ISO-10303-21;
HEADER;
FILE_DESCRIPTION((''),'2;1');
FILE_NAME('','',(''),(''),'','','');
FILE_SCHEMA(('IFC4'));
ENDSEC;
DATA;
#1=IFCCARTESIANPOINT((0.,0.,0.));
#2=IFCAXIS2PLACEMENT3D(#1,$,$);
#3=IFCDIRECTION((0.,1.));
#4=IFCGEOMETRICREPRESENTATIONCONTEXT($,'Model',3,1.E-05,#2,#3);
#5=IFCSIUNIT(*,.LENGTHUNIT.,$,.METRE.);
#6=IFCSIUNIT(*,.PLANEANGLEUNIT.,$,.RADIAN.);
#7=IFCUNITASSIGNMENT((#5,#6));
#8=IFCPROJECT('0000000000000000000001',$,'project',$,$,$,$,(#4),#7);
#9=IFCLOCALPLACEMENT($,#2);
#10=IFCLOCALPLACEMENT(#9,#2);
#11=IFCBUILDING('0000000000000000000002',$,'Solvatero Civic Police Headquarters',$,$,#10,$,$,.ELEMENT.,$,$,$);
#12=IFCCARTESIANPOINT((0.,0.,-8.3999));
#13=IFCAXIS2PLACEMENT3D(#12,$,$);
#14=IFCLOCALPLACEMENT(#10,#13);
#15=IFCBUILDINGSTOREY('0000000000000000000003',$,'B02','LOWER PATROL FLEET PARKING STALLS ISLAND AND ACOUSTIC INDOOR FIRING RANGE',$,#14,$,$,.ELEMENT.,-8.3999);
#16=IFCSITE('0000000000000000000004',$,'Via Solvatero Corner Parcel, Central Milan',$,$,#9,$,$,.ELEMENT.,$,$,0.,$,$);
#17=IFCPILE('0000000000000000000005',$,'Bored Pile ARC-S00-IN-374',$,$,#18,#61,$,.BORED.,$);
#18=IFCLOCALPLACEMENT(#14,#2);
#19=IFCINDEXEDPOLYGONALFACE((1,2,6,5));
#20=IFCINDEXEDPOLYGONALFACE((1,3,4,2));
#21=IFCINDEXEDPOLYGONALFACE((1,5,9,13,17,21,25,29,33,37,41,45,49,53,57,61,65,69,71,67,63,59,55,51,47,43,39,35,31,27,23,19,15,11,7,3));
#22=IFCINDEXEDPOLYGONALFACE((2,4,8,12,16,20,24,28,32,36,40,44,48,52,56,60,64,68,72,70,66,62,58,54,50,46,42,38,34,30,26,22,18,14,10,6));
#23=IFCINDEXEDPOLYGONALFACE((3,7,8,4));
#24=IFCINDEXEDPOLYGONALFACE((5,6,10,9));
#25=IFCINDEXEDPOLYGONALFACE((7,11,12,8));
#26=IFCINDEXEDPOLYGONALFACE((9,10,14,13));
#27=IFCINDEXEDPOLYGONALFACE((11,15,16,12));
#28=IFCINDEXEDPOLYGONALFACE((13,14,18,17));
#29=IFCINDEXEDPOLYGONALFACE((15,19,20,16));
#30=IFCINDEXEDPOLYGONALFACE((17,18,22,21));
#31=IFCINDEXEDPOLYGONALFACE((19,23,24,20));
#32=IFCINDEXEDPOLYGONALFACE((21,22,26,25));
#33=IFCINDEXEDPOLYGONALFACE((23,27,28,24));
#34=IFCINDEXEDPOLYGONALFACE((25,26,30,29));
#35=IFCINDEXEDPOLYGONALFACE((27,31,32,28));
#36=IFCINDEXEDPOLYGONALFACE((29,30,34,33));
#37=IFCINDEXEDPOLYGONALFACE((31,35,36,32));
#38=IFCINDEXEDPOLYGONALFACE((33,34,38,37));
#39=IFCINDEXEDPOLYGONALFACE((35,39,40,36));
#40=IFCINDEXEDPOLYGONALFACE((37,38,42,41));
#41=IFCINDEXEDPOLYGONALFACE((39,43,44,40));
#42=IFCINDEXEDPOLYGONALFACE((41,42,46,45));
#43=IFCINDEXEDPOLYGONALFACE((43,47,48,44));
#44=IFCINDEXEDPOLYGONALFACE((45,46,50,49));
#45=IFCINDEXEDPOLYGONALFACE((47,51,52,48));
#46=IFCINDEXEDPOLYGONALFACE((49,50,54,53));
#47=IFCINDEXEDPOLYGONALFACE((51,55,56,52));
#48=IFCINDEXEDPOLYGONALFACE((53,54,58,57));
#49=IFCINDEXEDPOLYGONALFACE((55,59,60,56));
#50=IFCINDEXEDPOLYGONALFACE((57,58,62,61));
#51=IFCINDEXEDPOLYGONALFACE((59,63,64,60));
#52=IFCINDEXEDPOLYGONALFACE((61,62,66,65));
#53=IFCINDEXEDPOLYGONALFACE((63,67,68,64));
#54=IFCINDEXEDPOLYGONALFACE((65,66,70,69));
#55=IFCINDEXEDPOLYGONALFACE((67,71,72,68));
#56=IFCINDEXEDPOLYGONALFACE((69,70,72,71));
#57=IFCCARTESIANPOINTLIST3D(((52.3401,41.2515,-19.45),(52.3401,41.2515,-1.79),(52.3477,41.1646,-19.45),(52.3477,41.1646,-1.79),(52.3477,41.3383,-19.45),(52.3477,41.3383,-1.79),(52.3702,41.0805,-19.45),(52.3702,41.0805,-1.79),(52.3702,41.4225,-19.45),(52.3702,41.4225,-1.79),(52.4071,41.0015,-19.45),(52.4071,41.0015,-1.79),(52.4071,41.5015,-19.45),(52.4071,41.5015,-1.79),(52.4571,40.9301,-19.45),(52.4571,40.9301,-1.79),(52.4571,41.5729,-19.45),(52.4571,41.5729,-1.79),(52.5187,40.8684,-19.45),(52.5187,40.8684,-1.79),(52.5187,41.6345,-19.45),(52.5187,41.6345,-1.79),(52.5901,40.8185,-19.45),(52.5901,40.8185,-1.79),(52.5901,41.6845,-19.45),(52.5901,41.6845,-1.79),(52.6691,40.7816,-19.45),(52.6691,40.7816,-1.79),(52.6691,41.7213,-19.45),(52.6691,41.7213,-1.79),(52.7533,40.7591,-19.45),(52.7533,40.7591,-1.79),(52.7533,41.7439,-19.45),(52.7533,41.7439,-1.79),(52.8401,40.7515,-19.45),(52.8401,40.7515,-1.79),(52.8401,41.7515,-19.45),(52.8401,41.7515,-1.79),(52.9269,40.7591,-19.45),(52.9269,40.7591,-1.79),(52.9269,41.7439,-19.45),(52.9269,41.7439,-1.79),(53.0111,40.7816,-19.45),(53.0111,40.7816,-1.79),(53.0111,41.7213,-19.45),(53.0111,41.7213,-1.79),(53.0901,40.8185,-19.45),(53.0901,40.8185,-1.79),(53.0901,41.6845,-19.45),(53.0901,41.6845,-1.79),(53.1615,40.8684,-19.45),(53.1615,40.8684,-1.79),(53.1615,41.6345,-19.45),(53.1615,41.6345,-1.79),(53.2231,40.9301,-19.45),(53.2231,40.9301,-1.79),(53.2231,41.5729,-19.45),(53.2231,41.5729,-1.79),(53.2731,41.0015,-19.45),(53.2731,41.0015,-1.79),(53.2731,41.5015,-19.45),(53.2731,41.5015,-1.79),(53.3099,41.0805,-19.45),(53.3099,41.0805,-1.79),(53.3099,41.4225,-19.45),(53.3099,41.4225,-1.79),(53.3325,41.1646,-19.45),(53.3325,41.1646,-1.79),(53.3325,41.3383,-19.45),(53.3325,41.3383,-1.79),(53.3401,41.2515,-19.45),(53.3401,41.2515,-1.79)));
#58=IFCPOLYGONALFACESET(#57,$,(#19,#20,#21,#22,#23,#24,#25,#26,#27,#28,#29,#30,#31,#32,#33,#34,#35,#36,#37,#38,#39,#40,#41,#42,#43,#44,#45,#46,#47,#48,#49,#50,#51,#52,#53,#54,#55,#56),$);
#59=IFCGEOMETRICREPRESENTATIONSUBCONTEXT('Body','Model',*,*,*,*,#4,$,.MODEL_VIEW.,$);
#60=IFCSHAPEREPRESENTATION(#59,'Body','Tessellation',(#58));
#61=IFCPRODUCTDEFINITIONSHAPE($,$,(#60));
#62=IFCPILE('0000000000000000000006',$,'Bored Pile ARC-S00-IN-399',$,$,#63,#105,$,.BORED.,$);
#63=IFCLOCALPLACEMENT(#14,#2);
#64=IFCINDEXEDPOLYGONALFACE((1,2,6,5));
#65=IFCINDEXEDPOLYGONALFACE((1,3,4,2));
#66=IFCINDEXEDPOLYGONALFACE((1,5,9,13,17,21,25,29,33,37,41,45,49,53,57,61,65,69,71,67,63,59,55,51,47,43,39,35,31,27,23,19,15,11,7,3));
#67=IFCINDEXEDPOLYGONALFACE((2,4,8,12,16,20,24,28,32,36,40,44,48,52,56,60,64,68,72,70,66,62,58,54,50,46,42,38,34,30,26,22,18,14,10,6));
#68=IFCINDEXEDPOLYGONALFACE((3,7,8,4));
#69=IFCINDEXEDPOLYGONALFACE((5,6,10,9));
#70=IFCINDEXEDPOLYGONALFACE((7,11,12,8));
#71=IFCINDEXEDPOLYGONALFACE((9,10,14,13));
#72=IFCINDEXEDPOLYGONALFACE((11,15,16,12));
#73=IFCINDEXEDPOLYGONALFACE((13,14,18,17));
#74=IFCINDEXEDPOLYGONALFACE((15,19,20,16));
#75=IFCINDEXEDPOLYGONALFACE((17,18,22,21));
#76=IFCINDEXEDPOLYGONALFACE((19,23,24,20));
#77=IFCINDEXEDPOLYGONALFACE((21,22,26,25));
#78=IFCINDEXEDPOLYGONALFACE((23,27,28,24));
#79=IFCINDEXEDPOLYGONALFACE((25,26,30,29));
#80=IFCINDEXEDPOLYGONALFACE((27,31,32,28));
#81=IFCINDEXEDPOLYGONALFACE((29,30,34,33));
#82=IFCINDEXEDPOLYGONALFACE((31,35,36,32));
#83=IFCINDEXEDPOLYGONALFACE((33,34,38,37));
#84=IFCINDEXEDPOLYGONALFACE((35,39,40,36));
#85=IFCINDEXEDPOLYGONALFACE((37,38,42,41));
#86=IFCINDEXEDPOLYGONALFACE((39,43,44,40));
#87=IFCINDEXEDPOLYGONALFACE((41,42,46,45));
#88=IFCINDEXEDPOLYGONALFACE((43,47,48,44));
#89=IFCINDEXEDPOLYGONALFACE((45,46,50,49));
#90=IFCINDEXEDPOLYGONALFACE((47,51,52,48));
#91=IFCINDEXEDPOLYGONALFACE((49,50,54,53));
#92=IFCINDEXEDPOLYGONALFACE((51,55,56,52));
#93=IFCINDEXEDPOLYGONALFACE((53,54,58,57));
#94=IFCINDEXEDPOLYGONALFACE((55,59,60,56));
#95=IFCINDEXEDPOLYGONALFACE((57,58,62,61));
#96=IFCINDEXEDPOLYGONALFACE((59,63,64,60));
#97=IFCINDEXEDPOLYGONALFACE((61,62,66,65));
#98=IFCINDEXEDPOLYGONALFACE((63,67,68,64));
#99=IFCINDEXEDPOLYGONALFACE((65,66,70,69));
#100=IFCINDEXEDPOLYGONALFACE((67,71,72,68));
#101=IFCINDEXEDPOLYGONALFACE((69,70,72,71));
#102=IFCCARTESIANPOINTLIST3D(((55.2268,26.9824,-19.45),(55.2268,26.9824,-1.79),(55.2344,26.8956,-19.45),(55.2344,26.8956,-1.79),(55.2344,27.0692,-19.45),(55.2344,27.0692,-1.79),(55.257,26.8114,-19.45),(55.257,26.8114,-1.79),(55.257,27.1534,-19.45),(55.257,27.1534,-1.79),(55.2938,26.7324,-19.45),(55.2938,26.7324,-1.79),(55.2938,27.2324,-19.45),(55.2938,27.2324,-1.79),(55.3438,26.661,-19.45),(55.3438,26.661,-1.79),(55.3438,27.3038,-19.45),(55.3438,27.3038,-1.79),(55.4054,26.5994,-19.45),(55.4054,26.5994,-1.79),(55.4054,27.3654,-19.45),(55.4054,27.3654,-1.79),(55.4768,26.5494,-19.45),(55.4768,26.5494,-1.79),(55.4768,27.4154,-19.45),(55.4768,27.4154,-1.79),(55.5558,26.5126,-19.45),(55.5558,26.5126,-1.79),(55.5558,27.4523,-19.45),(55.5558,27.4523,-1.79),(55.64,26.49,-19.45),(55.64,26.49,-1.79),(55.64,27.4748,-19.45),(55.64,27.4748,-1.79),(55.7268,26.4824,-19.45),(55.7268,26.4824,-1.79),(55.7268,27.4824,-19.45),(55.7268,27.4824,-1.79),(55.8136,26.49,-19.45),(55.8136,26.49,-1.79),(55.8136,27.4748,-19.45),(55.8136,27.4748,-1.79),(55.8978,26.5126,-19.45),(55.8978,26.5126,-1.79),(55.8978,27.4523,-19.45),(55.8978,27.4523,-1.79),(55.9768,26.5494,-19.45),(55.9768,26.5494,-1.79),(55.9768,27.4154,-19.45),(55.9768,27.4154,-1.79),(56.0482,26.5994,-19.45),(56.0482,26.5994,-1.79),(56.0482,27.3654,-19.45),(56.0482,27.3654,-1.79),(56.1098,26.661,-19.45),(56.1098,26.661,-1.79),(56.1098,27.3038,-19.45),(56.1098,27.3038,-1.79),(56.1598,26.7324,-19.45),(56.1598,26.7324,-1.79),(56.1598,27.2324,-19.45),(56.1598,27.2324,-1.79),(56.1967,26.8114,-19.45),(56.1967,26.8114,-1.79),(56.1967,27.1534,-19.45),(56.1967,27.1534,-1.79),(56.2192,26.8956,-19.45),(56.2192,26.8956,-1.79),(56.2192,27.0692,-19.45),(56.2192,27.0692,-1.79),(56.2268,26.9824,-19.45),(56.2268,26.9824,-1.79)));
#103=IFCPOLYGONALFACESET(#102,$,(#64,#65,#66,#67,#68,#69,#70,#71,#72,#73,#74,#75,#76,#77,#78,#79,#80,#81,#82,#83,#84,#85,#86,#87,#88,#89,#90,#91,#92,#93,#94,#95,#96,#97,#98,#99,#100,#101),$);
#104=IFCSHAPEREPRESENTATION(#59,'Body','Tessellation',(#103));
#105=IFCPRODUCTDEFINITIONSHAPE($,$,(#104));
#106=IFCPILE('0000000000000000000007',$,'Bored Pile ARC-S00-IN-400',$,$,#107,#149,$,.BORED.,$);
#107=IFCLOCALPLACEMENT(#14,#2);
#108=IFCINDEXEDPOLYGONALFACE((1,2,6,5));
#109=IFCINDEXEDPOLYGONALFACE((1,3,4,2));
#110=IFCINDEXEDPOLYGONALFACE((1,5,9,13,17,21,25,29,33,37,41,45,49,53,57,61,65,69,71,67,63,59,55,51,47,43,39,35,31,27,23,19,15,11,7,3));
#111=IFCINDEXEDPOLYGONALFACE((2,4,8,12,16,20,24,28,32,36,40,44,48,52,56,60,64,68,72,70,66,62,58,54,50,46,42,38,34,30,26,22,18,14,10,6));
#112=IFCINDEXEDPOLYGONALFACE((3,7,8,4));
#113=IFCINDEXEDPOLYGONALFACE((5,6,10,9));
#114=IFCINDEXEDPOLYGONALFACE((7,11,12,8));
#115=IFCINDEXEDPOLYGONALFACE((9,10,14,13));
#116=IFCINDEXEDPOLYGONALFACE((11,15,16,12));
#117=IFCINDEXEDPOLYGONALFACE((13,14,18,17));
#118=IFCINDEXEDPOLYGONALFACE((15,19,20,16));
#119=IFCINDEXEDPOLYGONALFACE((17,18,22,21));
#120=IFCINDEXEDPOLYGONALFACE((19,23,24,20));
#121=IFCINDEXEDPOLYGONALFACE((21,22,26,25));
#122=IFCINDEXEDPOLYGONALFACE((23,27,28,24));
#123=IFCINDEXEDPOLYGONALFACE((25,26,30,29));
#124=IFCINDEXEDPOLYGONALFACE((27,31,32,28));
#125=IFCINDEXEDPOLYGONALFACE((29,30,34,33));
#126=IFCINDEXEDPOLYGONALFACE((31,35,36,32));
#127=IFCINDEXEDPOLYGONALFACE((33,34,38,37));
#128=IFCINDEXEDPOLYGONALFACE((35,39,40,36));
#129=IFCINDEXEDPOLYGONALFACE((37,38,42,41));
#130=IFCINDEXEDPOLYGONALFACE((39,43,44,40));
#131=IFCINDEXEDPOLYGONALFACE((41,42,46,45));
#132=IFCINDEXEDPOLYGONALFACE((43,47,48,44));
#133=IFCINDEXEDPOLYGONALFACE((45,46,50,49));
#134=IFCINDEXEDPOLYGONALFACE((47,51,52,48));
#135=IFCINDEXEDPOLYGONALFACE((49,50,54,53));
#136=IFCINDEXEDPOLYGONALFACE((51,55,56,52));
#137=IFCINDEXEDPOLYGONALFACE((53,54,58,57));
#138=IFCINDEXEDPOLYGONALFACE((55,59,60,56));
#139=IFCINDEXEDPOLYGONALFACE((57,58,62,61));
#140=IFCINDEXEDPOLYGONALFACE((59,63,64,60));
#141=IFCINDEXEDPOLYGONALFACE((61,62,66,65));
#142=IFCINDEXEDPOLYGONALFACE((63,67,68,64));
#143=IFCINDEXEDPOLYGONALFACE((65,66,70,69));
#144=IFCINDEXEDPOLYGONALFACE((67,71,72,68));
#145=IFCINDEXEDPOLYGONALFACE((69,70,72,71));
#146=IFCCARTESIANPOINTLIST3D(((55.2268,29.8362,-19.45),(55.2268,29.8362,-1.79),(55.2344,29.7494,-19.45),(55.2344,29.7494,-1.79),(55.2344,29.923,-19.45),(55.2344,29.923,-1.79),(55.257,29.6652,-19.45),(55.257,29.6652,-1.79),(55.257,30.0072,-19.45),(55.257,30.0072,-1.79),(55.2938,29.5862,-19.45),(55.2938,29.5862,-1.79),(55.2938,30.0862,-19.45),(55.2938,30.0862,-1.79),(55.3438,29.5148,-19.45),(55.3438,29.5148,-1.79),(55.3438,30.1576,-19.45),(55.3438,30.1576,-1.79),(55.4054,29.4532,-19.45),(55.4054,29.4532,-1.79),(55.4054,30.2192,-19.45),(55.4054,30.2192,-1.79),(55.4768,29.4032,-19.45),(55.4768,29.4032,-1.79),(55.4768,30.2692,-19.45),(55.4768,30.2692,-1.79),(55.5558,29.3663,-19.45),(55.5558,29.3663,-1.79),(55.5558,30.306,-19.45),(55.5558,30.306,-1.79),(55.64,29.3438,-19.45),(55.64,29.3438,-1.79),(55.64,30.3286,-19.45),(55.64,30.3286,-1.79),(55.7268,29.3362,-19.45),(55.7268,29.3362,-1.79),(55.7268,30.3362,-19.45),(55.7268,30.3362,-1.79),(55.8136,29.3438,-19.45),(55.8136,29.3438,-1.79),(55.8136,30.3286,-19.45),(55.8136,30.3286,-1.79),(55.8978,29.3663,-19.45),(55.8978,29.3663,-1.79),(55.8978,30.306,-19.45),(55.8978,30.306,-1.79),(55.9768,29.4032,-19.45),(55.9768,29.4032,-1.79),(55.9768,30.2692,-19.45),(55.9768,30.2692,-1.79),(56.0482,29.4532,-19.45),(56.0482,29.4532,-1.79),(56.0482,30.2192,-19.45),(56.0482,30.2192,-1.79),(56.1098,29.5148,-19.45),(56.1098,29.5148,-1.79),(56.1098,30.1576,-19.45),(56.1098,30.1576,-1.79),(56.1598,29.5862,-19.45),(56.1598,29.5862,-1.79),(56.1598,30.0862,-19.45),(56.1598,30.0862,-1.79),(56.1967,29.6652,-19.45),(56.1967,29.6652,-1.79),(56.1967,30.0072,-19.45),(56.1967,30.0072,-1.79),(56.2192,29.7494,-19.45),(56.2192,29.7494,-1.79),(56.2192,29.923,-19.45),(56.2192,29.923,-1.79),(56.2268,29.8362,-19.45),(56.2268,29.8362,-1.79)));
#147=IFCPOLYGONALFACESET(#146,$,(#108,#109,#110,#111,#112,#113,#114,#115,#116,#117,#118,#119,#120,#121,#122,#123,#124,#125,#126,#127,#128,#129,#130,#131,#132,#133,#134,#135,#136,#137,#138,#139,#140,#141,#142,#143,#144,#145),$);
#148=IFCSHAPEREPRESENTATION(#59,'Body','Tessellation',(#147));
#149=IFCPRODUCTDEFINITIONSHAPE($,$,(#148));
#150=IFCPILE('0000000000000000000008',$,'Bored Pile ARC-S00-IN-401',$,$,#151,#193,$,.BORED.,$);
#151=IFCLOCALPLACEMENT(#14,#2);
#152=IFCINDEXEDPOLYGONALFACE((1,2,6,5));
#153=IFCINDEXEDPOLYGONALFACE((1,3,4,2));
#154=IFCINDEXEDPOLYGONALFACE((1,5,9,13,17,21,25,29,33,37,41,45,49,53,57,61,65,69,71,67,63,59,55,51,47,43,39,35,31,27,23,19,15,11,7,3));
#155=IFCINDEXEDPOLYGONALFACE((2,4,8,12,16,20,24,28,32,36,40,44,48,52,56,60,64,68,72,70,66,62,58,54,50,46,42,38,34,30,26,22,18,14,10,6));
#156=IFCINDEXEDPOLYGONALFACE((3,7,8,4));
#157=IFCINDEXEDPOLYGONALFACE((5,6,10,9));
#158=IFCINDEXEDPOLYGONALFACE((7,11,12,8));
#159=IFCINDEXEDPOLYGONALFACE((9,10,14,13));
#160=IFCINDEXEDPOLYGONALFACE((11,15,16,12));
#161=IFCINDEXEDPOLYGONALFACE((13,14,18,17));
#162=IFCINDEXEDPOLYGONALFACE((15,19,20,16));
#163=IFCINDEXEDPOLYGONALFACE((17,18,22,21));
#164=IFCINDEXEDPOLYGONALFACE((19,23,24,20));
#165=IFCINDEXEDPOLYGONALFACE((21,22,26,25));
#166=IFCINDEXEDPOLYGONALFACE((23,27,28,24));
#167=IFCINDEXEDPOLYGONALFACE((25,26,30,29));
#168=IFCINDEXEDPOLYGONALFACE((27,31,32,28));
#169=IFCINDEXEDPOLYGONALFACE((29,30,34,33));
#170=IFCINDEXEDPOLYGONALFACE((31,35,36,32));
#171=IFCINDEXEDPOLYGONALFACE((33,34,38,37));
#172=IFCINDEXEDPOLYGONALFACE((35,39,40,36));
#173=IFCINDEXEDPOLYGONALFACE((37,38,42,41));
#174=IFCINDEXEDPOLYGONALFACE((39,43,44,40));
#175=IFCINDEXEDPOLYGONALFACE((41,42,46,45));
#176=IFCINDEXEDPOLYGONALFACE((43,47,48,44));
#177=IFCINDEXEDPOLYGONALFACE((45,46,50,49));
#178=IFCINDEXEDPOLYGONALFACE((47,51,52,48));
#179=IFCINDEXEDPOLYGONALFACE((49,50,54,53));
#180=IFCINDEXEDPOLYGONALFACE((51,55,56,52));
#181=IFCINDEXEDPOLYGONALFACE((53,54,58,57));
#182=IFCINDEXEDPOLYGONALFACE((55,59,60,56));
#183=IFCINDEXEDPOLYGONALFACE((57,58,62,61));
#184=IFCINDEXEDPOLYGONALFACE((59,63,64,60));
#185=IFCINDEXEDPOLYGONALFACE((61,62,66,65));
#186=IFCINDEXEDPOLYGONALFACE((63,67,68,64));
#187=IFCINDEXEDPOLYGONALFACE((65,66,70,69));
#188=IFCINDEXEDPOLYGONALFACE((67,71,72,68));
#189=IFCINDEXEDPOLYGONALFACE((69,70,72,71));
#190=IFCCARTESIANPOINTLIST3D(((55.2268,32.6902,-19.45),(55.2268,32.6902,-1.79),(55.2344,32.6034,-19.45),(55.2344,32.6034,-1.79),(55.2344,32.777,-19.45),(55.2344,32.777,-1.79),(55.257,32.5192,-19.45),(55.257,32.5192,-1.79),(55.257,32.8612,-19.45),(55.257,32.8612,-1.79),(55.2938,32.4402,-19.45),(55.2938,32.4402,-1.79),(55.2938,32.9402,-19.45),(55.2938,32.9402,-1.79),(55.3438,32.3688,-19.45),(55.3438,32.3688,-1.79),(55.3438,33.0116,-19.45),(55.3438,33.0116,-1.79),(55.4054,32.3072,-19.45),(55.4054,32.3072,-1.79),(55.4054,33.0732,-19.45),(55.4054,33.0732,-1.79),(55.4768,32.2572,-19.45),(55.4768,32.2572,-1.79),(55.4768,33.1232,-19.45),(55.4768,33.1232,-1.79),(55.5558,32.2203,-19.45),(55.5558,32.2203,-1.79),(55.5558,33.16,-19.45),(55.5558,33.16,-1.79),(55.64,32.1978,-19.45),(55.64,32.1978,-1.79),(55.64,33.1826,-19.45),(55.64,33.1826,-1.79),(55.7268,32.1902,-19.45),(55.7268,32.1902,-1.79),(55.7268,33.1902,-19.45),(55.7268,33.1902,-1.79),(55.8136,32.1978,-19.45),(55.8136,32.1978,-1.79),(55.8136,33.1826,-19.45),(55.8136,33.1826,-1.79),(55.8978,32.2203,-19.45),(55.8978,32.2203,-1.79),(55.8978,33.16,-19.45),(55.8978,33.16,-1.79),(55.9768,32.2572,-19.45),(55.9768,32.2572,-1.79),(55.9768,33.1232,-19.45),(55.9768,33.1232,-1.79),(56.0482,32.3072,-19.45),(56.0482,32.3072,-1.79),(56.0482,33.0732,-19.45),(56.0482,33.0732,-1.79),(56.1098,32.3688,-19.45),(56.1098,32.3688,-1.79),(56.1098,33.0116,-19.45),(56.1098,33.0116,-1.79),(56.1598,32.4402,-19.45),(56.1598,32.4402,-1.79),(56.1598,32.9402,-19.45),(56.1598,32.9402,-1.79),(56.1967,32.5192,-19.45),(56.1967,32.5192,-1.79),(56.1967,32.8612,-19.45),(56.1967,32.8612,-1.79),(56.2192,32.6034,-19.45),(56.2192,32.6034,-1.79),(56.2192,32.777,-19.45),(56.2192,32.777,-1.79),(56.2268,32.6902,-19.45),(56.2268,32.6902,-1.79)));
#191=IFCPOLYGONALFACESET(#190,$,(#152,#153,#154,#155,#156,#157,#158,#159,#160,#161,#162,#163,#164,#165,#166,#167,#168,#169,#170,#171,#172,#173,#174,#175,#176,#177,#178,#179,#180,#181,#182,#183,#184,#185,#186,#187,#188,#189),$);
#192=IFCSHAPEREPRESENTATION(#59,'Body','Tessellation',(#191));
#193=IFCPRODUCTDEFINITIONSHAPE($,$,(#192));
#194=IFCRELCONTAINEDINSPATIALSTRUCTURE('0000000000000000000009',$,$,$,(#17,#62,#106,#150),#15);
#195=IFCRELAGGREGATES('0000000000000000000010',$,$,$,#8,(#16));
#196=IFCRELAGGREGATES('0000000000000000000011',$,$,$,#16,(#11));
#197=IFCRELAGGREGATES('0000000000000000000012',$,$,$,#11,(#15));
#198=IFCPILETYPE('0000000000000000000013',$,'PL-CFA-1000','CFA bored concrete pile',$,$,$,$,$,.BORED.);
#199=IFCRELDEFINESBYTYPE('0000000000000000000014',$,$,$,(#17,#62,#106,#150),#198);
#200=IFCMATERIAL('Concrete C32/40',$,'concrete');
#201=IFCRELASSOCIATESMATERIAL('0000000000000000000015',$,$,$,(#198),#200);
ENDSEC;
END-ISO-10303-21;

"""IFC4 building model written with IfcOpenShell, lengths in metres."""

from ifc_helpers import new_model, si_unit, direction, frame, origin, origin_2d, place, context, subcontext, project, spatial, circle, extrude, material, material_profile, profile_set, type_object, element, save


model = new_model("IFC4")

# Units and contexts
model_context = context("Model", 3, precision=1e-05, world=origin(), true_north=direction((0.0, 1.0)))
body_context = subcontext(model_context, "Body", "Model", "MODEL_VIEW")
ifc_project = project(units=[si_unit("LENGTHUNIT", "METRE"), si_unit("PLANEANGLEUNIT", "RADIAN")], contexts=[model_context])

# Site, building, storey
site_placement = place(None, origin())
site = spatial("IfcSite", under=ifc_project, at=site_placement, Name="Via Solvatero Corner Parcel, Central Milan", CompositionType="ELEMENT", RefElevation=0.0)
building_placement = place(site_placement, origin())
building = spatial("IfcBuilding", under=site, at=building_placement, Name="Solvatero Civic Police Headquarters", CompositionType="ELEMENT")
storey_placement = place(building_placement, frame((0.0, 0.0, -8.3999)))
storey = spatial("IfcBuildingStorey", under=building, at=storey_placement, Name="B02", Description="LOWER PATROL FLEET PARKING STALLS ISLAND AND ACOUSTIC INDOOR FIRING RANGE", CompositionType="ELEMENT", Elevation=-8.3999)

# Piles
ifc_material_1 = material(Name="Concrete C32/40", Category="concrete")
ifc_material_profile_1 = material_profile(ifc_material_1, circle(Radius=0.5, at=origin_2d()), Name="CFA PILE D1000")
ifc_profile_set_1 = profile_set([ifc_material_profile_1], Name="Concrete C32/40")
pile_type = type_object("IfcPileType", Name="PL-CFA-1000", Description="CFA bored concrete pile", PredefinedType="BORED", material=ifc_profile_set_1)
for number, where, z_axis, x_axis, name in (
    (1, (52.8401, 41.2515, -1.79), (0.0, 0.0, -1.0), (1.0, 0.0, 0.0), "Bored Pile ARC-S00-IN-374"),
    (2, (55.7268, 26.9824, -1.79), (0.0, 0.0, -1.0), (1.0, 0.0, 0.0), "Bored Pile ARC-S00-IN-399"),
    (3, (55.7268, 29.8362, -1.79), (0.0, 0.0, -1.0), (1.0, 0.0, 0.0), "Bored Pile ARC-S00-IN-400"),
    (4, (55.7268, 32.6902, -1.79), (0.0, 0.0, -1.0), (1.0, 0.0, 0.0), "Bored Pile ARC-S00-IN-401"),
):
    element("IfcPile", number, at=place(storey_placement, frame(where, z_axis=z_axis, x_axis=x_axis)), inside=storey, type_object=pile_type, Name=name, PredefinedType="BORED", context=body_context, shape_type="SweptSolid", body=[
        extrude(circle(Radius=0.5, at=origin_2d()), origin(), (0.0, 0.0, 1.0), 17.6599),
    ])

save(model, "model.ifc")
